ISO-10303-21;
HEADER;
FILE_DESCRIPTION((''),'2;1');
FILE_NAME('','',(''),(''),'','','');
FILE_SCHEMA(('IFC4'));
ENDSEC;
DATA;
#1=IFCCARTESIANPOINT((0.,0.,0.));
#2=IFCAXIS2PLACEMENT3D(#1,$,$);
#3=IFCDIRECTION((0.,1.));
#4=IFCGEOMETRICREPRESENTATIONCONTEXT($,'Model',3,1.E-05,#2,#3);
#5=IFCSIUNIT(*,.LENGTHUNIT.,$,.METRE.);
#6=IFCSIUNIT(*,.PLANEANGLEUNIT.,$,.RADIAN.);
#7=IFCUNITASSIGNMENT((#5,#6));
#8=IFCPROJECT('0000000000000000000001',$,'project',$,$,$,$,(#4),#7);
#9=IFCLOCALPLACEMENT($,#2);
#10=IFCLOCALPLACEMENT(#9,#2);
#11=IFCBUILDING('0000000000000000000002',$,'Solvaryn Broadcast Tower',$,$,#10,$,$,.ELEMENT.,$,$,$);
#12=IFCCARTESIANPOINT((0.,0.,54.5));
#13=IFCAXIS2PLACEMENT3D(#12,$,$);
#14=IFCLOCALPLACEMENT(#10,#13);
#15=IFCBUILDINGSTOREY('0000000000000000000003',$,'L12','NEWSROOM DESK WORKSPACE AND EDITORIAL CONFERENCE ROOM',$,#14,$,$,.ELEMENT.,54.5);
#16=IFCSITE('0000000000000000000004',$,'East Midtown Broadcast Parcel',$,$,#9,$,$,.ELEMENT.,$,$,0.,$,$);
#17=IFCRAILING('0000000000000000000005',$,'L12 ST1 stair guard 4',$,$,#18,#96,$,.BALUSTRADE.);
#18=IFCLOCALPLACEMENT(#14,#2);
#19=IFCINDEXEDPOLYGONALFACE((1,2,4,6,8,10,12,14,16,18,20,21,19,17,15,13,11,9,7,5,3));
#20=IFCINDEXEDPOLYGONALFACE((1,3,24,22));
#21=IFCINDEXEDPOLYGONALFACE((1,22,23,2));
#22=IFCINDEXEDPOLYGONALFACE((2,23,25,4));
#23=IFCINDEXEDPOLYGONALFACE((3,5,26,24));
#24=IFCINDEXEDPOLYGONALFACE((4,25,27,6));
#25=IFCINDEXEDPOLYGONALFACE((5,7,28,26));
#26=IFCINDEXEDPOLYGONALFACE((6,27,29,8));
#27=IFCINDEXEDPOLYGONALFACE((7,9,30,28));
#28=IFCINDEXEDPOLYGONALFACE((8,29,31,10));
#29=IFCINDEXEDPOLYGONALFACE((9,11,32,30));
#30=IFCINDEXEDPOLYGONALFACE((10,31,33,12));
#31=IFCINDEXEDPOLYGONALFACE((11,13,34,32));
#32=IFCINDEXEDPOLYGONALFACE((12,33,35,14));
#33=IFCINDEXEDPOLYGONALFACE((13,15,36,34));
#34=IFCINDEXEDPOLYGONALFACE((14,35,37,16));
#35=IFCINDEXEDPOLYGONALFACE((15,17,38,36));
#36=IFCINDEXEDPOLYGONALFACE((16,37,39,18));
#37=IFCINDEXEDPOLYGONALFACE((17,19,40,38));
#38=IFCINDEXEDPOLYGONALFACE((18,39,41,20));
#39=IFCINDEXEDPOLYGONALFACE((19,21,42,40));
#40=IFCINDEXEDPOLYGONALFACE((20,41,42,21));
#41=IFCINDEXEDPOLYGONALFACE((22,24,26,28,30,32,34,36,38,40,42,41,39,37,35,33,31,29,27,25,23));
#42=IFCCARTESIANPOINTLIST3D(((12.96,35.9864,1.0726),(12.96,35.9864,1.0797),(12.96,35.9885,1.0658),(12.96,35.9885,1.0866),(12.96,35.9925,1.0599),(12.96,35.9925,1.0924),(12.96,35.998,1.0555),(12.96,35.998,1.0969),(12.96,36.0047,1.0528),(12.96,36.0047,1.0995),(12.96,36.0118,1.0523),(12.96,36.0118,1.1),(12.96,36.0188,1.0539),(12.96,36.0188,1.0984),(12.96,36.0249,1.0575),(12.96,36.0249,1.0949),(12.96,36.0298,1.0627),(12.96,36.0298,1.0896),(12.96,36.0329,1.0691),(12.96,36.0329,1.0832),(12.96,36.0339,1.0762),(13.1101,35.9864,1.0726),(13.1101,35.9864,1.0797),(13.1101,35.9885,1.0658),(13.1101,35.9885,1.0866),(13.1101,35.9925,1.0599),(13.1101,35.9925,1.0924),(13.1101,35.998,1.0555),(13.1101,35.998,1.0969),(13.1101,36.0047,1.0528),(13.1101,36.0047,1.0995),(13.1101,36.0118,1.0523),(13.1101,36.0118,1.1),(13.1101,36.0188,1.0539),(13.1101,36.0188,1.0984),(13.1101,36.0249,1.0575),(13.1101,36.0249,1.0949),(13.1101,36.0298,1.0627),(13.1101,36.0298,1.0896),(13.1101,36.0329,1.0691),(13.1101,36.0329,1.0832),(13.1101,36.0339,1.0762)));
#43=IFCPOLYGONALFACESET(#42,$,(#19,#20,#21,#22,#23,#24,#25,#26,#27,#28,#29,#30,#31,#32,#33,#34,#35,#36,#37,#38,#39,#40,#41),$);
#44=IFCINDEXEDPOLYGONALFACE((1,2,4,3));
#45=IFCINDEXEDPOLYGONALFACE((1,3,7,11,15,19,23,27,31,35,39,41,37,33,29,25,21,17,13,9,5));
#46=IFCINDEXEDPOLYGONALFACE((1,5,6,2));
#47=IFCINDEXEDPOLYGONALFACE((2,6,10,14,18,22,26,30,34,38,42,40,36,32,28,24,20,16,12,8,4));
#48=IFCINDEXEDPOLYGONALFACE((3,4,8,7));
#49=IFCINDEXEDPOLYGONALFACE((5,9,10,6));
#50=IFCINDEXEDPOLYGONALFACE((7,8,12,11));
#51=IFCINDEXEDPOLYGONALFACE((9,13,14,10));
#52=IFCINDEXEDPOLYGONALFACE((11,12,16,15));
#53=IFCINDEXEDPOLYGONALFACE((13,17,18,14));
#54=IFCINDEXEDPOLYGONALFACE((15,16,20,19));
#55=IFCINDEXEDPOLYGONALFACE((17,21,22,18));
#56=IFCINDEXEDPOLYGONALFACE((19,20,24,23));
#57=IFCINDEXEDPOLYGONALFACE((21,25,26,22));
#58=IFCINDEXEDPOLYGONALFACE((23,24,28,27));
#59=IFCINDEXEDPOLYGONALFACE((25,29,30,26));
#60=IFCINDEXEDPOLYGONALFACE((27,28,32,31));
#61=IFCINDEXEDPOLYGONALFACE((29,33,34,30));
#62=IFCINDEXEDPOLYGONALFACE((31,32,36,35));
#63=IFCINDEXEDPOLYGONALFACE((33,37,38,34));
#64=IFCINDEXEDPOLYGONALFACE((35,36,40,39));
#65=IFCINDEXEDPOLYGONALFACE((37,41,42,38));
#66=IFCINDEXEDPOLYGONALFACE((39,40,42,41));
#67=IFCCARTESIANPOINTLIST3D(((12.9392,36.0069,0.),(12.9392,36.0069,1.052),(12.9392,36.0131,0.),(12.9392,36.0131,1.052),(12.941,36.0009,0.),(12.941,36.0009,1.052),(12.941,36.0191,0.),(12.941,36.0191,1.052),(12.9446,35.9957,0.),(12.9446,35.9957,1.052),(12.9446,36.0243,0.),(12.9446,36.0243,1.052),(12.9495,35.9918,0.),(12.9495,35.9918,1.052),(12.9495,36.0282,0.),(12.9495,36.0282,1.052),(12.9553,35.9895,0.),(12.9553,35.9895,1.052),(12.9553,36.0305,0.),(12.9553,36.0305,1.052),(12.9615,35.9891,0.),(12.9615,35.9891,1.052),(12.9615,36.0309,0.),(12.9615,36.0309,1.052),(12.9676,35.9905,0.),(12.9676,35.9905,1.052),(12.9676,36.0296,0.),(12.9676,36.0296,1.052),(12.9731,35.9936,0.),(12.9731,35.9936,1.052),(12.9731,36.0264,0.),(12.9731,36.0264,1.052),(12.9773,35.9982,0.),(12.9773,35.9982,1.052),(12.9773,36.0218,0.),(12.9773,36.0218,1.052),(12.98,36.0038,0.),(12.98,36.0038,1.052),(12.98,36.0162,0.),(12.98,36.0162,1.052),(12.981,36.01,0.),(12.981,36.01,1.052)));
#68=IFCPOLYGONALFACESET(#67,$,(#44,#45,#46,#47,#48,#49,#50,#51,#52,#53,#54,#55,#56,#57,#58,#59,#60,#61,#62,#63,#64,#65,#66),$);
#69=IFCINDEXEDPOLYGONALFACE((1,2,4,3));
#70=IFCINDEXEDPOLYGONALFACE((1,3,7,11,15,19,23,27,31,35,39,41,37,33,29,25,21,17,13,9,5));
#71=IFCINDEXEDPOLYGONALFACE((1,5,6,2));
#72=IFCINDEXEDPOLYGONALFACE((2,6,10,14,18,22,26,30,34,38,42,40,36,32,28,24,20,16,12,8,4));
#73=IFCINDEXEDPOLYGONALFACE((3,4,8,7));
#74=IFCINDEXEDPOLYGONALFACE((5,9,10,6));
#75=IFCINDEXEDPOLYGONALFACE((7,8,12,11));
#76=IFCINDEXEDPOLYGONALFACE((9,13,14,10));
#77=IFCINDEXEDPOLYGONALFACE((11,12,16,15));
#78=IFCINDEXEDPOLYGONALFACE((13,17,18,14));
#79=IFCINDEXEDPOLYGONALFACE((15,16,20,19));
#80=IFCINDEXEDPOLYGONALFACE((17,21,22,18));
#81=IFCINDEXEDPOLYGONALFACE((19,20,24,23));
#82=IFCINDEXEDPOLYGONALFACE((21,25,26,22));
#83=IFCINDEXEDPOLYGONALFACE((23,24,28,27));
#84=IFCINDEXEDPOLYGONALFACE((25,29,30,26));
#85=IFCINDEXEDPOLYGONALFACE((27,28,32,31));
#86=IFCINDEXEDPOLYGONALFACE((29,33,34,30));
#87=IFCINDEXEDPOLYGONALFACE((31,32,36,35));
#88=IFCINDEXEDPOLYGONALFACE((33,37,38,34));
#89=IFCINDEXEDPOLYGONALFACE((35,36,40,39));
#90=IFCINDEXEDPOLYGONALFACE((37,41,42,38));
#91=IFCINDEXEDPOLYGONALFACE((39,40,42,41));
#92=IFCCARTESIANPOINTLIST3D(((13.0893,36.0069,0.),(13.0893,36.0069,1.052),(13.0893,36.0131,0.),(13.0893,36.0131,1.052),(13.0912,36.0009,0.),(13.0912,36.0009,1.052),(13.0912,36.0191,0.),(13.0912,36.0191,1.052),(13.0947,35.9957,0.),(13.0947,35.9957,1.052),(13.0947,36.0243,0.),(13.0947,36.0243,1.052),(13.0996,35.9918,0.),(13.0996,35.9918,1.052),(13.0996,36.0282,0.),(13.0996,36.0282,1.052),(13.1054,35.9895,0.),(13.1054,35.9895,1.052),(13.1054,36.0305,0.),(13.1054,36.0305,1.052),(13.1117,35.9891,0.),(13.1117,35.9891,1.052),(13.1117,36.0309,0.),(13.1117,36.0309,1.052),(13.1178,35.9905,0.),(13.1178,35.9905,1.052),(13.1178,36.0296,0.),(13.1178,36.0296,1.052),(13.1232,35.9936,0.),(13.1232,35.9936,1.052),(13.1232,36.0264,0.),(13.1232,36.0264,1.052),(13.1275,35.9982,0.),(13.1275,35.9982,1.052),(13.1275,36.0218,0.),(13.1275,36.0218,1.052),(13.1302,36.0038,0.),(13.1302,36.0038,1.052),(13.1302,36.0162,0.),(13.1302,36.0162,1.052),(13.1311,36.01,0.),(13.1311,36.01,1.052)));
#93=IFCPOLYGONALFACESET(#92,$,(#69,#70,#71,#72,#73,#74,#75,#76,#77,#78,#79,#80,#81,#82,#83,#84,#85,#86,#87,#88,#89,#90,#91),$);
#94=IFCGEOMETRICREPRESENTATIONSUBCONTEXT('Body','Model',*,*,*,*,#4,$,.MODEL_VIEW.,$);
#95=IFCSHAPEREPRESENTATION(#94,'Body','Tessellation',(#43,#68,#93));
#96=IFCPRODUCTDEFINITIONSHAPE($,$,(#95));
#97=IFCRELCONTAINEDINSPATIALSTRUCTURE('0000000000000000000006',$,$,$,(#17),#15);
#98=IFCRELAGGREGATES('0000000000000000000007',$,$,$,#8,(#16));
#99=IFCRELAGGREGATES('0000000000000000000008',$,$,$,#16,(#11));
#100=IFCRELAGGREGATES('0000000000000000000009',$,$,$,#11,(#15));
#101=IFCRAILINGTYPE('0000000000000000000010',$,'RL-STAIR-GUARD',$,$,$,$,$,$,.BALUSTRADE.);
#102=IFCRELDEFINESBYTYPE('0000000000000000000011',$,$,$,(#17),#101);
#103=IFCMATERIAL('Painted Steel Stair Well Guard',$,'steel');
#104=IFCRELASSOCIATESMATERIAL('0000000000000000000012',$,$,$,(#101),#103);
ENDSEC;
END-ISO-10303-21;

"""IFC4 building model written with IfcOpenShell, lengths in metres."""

from ifc_helpers import new_model, si_unit, direction, frame, origin, origin_2d, place, context, subcontext, project, spatial, circle, extrude, material, type_object, element, save


model = new_model("IFC4")

# Units and contexts
model_context = context("Model", 3, precision=1e-05, world=origin(), true_north=direction((0.0, 1.0)))
body_context = subcontext(model_context, "Body", "Model", "MODEL_VIEW")
ifc_project = project(units=[si_unit("LENGTHUNIT", "METRE"), si_unit("PLANEANGLEUNIT", "RADIAN")], contexts=[model_context])

# Site, building, storey
site_placement = place(None, origin())
site = spatial("IfcSite", under=ifc_project, at=site_placement, Name="East Midtown Broadcast Parcel", CompositionType="ELEMENT", RefElevation=0.0)
building_placement = place(site_placement, origin())
building = spatial("IfcBuilding", under=site, at=building_placement, Name="Solvaryn Broadcast Tower", CompositionType="ELEMENT")
storey_placement = place(building_placement, frame((0.0, 0.0, 54.5)))
storey = spatial("IfcBuildingStorey", under=building, at=storey_placement, Name="L12", Description="NEWSROOM DESK WORKSPACE AND EDITORIAL CONFERENCE ROOM", CompositionType="ELEMENT", Elevation=54.5)

# Railing
ifc_material_1 = material(Name="Painted Steel Stair Well Guard", Category="steel")
railing_type_1 = type_object("IfcRailingType", Name="RL-STAIR-GUARD", PredefinedType="BALUSTRADE", material=ifc_material_1)
railing_1_placement = place(storey_placement, frame((12.96, 36.01, 0.0)))
element("IfcRailing", 1, at=railing_1_placement, inside=storey, type_object=railing_type_1, Name="L12 ST1 stair guard 4", PredefinedType="BALUSTRADE", context=body_context, shape_type="SweptSolid", body=[
    extrude(circle(Radius=0.0239, at=origin_2d()), frame((0.0, 0.0, 1.0762), z_axis=(1.0, 0.0, 0.0), x_axis=(0.0, 1.0, 0.0)), (0.0, 0.0, 1.0), 0.1501),
    extrude(circle(Radius=0.021, at=origin_2d()), origin(), (0.0, 0.0, 1.0), 1.052),
    extrude(circle(Radius=0.021, at=origin_2d()), frame((0.1501, 0.0, 0.0)), (0.0, 0.0, 1.0), 1.052),
])

save(model, "model.ifc")
